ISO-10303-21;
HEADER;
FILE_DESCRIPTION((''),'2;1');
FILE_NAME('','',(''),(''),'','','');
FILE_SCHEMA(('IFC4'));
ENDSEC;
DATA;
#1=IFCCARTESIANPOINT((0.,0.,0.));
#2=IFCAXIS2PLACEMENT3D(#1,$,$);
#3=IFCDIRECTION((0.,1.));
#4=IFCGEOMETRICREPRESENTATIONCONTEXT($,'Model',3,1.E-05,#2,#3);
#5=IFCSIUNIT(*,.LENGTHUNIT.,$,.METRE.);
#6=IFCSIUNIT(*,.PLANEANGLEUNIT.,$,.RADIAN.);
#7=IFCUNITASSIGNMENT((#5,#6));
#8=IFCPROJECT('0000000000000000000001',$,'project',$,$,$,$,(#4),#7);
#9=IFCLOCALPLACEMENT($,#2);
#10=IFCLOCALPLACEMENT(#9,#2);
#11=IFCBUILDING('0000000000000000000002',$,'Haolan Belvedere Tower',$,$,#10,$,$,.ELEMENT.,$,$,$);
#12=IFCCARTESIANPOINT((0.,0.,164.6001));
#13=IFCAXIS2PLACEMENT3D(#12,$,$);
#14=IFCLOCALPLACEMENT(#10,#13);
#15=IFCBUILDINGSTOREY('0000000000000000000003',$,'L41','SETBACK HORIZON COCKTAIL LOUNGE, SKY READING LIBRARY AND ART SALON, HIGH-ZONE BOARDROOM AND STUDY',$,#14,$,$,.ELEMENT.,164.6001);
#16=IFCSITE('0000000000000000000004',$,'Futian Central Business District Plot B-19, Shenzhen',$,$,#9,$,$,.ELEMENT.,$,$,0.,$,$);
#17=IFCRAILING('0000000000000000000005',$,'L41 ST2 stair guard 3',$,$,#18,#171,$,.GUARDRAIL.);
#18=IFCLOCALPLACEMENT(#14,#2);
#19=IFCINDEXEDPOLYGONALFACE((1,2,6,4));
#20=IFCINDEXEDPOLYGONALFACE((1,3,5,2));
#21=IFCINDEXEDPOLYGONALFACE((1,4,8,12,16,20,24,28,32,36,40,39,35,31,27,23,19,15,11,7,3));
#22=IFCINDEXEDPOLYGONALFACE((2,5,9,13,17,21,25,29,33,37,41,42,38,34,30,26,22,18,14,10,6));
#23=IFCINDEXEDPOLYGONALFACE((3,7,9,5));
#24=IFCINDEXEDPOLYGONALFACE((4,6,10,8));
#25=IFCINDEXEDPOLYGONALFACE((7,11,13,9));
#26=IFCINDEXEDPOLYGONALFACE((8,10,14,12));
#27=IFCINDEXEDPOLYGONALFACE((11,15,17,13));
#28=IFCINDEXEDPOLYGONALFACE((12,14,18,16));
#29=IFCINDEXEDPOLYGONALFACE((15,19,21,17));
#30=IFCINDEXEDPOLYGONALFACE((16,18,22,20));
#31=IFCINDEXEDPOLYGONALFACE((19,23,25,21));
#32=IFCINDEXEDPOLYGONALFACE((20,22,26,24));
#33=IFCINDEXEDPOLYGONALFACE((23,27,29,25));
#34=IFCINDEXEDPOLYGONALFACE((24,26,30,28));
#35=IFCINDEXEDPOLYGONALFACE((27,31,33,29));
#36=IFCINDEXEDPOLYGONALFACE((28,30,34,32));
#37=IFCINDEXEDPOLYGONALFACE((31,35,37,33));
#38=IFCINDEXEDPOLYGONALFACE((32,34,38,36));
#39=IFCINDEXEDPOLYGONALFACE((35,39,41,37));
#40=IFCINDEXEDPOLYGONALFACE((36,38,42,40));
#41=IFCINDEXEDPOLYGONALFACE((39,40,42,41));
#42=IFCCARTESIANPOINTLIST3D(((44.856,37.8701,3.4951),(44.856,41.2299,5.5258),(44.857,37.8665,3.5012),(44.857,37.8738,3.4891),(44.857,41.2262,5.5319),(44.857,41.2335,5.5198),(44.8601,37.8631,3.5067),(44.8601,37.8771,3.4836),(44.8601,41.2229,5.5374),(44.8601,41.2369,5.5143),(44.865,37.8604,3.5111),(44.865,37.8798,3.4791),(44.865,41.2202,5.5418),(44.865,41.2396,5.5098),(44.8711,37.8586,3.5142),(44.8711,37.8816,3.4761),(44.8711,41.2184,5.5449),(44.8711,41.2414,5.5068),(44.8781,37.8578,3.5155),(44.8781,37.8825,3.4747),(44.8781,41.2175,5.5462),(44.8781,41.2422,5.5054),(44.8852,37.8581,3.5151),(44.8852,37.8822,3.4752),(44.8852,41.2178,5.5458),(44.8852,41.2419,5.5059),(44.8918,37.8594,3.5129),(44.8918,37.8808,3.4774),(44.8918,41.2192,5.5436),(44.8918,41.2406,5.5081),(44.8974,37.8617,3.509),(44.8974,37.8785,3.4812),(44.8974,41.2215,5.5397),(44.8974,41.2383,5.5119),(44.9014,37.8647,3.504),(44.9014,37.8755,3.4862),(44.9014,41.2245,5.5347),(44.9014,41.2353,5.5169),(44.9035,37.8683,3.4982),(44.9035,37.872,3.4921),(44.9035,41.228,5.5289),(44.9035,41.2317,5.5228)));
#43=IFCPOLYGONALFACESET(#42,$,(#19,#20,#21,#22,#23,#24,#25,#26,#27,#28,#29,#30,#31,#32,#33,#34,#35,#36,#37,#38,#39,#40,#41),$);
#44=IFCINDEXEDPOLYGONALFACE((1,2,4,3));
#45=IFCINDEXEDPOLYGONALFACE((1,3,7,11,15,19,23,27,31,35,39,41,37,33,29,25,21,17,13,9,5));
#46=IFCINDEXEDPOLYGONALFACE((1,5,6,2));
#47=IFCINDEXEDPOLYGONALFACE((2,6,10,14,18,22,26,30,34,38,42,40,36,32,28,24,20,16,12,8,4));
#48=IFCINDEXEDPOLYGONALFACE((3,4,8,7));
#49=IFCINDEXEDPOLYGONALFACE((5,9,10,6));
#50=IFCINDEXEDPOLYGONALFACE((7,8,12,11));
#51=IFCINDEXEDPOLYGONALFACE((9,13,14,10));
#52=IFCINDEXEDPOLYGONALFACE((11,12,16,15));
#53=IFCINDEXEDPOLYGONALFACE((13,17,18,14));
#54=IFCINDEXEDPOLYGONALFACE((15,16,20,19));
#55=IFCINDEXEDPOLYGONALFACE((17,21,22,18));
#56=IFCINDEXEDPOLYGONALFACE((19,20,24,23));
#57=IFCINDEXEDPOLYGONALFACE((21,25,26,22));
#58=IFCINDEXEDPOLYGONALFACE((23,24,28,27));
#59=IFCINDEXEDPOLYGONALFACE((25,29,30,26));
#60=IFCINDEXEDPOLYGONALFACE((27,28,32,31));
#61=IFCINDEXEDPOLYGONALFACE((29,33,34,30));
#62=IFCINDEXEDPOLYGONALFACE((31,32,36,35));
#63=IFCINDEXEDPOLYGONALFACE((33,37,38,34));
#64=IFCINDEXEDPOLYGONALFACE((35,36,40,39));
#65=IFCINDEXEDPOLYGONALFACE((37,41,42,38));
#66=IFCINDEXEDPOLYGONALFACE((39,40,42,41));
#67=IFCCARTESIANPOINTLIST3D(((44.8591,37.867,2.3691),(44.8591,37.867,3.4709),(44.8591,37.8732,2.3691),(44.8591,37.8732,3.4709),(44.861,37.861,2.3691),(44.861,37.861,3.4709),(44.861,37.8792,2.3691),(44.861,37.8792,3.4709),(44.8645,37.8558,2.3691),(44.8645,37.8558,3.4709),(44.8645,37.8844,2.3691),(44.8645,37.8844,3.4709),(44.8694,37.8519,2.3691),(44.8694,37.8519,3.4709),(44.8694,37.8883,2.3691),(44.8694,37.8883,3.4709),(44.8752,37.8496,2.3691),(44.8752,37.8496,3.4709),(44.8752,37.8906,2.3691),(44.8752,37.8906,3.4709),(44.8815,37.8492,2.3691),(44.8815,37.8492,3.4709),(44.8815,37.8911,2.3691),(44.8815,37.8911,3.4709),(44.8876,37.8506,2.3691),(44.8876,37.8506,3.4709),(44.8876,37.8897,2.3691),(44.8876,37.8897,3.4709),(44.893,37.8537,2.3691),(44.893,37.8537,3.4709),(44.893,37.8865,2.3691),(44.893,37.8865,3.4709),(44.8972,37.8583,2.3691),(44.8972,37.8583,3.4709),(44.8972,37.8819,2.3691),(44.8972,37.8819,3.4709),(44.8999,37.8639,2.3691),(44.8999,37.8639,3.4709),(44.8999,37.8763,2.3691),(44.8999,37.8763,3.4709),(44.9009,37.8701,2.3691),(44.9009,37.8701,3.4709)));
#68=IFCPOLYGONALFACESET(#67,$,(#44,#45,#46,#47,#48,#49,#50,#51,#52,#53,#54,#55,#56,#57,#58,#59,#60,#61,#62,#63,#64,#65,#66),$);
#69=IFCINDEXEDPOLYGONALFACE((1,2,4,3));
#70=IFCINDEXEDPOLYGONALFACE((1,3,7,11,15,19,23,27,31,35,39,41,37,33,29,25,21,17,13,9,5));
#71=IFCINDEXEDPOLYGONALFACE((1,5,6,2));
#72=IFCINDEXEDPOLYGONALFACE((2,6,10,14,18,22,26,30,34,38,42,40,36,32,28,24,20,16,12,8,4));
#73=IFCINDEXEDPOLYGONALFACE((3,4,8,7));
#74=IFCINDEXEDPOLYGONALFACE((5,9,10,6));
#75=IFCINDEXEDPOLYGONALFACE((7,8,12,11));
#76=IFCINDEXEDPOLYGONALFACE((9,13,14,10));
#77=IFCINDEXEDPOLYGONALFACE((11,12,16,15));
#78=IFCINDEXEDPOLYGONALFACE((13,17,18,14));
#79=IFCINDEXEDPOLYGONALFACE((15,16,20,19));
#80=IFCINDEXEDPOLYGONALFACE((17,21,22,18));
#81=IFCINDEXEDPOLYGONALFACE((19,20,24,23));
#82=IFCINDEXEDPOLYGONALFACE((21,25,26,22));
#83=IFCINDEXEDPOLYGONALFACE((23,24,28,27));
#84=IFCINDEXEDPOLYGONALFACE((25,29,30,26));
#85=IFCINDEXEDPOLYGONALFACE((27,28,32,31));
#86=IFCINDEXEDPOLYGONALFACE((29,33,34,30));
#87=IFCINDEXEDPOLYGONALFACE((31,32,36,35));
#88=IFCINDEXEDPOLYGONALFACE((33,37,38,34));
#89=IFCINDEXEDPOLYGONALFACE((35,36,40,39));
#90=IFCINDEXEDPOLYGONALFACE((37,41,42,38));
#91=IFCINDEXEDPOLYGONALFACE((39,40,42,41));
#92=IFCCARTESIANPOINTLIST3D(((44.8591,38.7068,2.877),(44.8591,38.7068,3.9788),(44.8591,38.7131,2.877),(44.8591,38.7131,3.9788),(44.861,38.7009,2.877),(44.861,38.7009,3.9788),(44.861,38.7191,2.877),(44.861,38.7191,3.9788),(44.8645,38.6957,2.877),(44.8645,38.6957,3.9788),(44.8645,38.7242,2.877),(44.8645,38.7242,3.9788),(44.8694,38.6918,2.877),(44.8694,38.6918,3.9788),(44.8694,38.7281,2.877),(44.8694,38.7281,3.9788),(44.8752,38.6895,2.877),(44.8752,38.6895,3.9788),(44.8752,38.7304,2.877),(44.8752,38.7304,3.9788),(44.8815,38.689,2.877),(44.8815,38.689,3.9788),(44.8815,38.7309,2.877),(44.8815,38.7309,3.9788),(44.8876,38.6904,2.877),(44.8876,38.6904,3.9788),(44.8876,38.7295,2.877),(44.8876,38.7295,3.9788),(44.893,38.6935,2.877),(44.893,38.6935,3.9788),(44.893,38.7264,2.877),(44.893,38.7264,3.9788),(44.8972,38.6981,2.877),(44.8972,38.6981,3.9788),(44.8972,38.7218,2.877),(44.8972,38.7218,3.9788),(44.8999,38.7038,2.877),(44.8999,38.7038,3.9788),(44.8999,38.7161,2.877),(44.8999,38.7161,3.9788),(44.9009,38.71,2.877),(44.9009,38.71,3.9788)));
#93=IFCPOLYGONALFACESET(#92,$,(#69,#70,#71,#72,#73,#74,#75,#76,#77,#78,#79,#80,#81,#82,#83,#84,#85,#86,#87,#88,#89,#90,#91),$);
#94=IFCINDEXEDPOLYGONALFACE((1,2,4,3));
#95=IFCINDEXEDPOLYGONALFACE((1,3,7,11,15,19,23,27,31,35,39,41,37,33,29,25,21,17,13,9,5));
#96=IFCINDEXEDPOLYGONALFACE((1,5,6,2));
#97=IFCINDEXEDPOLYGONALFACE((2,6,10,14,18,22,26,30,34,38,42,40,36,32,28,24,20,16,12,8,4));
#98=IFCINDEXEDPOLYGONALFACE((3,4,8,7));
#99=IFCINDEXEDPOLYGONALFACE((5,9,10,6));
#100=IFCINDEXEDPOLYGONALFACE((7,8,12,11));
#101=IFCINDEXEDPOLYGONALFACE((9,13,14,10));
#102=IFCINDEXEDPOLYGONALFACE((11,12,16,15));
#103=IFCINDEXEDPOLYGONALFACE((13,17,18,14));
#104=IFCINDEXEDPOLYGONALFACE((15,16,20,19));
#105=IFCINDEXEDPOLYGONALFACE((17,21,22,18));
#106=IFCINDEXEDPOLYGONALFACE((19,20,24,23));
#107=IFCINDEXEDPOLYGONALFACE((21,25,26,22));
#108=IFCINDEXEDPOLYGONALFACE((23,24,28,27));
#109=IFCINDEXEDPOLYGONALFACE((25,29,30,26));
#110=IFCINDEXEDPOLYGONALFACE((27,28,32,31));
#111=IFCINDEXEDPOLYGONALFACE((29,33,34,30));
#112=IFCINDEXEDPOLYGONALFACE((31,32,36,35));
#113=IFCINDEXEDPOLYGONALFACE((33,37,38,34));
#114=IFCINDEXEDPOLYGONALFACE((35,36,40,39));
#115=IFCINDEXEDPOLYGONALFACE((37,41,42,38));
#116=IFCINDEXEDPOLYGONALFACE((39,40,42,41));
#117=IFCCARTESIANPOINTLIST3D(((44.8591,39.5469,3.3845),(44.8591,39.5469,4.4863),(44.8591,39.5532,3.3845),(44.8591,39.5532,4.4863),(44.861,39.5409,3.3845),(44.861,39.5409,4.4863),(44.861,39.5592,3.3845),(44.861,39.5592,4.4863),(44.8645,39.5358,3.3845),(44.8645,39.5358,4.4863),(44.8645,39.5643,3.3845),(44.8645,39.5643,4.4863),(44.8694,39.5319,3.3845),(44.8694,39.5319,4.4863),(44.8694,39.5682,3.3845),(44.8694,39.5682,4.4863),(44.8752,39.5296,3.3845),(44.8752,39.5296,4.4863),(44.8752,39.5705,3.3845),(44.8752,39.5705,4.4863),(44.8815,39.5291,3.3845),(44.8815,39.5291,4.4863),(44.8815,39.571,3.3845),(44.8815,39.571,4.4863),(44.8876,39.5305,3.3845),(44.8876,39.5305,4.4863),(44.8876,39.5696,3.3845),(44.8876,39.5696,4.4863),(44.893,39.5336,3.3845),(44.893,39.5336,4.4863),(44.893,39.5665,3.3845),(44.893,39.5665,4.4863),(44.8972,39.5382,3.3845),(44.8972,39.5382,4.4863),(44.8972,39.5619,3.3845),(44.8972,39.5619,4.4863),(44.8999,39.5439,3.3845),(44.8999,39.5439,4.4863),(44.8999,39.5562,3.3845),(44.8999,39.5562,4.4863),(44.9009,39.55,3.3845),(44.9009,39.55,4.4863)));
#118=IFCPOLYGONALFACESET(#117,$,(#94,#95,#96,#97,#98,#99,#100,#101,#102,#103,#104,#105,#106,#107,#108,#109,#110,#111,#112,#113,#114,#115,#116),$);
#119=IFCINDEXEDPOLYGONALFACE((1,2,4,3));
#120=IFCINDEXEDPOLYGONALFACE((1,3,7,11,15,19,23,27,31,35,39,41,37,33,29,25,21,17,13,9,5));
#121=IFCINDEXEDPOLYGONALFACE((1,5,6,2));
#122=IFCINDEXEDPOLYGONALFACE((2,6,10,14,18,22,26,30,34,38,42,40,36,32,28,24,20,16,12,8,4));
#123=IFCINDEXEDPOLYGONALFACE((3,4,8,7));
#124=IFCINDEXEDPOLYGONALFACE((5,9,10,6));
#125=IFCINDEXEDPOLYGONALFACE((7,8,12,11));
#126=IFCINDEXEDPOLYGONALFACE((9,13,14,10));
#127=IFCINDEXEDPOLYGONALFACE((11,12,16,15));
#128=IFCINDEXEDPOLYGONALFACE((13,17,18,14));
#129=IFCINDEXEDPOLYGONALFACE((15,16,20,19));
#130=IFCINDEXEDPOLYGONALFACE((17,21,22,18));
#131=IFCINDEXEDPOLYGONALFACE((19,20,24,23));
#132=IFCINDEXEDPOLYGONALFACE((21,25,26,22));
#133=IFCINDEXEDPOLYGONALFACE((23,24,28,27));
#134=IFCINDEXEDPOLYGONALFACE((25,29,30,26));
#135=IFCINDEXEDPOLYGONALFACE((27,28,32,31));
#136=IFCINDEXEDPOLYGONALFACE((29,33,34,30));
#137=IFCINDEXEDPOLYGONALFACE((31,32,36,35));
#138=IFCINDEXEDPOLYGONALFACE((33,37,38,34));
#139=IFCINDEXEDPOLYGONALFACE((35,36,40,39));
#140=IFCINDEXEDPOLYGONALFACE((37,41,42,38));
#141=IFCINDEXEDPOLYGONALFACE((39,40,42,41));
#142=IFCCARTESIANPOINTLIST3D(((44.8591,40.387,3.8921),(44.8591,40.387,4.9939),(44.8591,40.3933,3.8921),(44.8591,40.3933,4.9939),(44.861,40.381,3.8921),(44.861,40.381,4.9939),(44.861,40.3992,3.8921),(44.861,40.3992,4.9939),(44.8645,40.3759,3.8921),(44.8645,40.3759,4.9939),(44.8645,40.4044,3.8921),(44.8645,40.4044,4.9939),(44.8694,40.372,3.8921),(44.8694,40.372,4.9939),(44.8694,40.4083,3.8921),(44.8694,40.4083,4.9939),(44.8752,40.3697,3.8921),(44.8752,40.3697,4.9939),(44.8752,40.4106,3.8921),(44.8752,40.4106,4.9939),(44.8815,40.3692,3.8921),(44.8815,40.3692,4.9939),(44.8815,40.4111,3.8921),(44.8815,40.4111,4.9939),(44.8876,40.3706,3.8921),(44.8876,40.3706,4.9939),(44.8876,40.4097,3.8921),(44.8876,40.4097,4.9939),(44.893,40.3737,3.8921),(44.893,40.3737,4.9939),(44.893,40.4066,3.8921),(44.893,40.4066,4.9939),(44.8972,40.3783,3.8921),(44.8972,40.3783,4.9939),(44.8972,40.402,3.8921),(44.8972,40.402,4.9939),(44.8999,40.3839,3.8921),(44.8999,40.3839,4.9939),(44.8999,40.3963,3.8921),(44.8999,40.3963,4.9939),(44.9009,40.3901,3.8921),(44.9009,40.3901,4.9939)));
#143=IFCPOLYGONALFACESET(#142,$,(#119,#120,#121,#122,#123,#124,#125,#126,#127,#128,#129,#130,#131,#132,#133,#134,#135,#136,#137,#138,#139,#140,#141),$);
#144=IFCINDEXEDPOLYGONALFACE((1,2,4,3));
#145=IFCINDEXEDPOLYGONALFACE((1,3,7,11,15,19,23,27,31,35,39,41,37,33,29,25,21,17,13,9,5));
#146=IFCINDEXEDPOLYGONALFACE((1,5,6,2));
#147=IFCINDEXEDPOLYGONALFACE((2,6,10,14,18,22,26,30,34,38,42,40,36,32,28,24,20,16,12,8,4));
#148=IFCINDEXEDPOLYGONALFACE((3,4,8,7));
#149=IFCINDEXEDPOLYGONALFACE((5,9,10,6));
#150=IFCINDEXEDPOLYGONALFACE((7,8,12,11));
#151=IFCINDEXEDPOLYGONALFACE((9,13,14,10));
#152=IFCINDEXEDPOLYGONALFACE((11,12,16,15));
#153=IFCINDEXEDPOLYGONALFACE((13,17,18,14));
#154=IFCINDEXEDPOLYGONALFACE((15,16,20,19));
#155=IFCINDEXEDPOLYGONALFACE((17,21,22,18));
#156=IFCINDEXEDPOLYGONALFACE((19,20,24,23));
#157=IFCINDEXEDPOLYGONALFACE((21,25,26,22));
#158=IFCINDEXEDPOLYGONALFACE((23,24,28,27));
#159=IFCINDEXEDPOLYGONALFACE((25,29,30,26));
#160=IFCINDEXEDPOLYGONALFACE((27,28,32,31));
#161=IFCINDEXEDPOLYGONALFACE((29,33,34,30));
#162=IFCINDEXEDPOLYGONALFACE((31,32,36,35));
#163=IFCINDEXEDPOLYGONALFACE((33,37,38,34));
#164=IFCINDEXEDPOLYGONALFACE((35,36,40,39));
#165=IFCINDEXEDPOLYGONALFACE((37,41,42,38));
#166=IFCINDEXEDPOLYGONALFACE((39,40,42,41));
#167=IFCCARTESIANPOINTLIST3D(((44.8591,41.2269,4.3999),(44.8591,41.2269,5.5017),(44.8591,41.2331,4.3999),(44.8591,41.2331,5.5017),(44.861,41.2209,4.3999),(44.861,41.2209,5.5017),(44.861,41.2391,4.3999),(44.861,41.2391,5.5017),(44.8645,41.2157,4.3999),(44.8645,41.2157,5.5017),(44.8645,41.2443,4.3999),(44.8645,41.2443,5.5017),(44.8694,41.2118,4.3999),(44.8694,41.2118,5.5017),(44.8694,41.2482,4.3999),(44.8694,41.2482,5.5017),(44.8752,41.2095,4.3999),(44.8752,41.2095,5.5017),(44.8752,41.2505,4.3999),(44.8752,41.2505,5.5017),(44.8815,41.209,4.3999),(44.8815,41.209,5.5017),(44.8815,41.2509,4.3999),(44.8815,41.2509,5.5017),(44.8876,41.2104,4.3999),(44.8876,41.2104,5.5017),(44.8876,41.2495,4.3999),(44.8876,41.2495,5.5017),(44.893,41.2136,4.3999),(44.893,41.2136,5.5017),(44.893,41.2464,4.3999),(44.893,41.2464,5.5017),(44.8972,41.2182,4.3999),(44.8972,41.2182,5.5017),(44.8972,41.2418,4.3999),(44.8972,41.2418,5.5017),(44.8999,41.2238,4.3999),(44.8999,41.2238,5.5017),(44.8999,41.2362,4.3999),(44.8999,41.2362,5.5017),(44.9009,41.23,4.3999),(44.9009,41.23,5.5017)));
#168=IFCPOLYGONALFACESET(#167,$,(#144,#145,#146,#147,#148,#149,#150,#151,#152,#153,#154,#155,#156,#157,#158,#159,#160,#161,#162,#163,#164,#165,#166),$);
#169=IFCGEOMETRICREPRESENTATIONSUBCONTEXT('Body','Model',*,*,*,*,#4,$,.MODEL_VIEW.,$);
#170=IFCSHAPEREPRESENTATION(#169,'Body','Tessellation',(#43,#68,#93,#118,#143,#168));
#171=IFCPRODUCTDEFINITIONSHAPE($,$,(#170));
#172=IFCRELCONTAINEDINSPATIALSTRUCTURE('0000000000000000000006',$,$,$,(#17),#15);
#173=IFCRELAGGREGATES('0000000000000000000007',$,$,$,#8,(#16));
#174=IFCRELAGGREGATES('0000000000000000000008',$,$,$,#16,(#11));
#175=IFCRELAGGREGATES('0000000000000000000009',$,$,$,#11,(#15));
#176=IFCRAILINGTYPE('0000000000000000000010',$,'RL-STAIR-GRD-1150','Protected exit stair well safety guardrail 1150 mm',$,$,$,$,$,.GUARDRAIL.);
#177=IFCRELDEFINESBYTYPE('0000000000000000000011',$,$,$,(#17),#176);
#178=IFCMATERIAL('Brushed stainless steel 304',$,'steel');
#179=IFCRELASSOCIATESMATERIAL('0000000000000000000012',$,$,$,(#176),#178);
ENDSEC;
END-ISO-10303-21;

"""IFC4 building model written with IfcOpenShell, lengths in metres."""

from ifc_helpers import new_model, si_unit, direction, frame, origin, origin_2d, place, context, subcontext, project, spatial, circle, extrude, material, type_object, element, save


model = new_model("IFC4")

# Units and contexts
model_context = context("Model", 3, precision=1e-05, world=origin(), true_north=direction((0.0, 1.0)))
body_context = subcontext(model_context, "Body", "Model", "MODEL_VIEW")
ifc_project = project(units=[si_unit("LENGTHUNIT", "METRE"), si_unit("PLANEANGLEUNIT", "RADIAN")], contexts=[model_context])

# Site, building, storey
site_placement = place(None, origin())
site = spatial("IfcSite", under=ifc_project, at=site_placement, Name="Futian Central Business District Plot B-19, Shenzhen", CompositionType="ELEMENT", RefElevation=0.0)
building_placement = place(site_placement, origin())
building = spatial("IfcBuilding", under=site, at=building_placement, Name="Haolan Belvedere Tower", CompositionType="ELEMENT")
storey_placement = place(building_placement, frame((0.0, 0.0, 164.6001)))
storey = spatial("IfcBuildingStorey", under=building, at=storey_placement, Name="L41", Description="SETBACK HORIZON COCKTAIL LOUNGE, SKY READING LIBRARY AND ART SALON, HIGH-ZONE BOARDROOM AND STUDY", CompositionType="ELEMENT", Elevation=164.6001)

# Railing
ifc_material_1 = material(Name="Brushed stainless steel 304", Category="steel")
railing_type_1 = type_object("IfcRailingType", Name="RL-STAIR-GRD-1150", Description="Protected exit stair well safety guardrail 1150 mm", PredefinedType="GUARDRAIL", material=ifc_material_1)
railing_1_placement = place(storey_placement, frame((44.8799, 37.8701, 2.3691)))
element("IfcRailing", 1, at=railing_1_placement, inside=storey, type_object=railing_type_1, Name="L41 ST2 stair guard 3", PredefinedType="GUARDRAIL", context=body_context, shape_type="SweptSolid", body=[
    extrude(circle(Radius=0.0239, at=origin_2d()), frame((0.0, 0.0, 1.126), z_axis=(0.0, 0.85582, 0.517273), x_axis=(-1.0, 0.0, 0.0)), (0.0, 0.0, 1.0), 3.9258),
    extrude(circle(Radius=0.021, at=origin_2d()), origin(), (0.0, 0.0, 1.0), 1.1018),
    extrude(circle(Radius=0.021, at=origin_2d()), frame((0.0, 0.8398, 0.5078)), (0.0, 0.0, 1.0), 1.1018),
    extrude(circle(Radius=0.021, at=origin_2d()), frame((0.0, 1.6799, 1.0154)), (0.0, 0.0, 1.0), 1.1018),
    extrude(circle(Radius=0.021, at=origin_2d()), frame((0.0, 2.52, 1.5229)), (0.0, 0.0, 1.0), 1.1018),
    extrude(circle(Radius=0.021, at=origin_2d()), frame((0.0, 3.3599, 2.0308)), (0.0, 0.0, 1.0), 1.1018),
])

save(model, "model.ifc")
